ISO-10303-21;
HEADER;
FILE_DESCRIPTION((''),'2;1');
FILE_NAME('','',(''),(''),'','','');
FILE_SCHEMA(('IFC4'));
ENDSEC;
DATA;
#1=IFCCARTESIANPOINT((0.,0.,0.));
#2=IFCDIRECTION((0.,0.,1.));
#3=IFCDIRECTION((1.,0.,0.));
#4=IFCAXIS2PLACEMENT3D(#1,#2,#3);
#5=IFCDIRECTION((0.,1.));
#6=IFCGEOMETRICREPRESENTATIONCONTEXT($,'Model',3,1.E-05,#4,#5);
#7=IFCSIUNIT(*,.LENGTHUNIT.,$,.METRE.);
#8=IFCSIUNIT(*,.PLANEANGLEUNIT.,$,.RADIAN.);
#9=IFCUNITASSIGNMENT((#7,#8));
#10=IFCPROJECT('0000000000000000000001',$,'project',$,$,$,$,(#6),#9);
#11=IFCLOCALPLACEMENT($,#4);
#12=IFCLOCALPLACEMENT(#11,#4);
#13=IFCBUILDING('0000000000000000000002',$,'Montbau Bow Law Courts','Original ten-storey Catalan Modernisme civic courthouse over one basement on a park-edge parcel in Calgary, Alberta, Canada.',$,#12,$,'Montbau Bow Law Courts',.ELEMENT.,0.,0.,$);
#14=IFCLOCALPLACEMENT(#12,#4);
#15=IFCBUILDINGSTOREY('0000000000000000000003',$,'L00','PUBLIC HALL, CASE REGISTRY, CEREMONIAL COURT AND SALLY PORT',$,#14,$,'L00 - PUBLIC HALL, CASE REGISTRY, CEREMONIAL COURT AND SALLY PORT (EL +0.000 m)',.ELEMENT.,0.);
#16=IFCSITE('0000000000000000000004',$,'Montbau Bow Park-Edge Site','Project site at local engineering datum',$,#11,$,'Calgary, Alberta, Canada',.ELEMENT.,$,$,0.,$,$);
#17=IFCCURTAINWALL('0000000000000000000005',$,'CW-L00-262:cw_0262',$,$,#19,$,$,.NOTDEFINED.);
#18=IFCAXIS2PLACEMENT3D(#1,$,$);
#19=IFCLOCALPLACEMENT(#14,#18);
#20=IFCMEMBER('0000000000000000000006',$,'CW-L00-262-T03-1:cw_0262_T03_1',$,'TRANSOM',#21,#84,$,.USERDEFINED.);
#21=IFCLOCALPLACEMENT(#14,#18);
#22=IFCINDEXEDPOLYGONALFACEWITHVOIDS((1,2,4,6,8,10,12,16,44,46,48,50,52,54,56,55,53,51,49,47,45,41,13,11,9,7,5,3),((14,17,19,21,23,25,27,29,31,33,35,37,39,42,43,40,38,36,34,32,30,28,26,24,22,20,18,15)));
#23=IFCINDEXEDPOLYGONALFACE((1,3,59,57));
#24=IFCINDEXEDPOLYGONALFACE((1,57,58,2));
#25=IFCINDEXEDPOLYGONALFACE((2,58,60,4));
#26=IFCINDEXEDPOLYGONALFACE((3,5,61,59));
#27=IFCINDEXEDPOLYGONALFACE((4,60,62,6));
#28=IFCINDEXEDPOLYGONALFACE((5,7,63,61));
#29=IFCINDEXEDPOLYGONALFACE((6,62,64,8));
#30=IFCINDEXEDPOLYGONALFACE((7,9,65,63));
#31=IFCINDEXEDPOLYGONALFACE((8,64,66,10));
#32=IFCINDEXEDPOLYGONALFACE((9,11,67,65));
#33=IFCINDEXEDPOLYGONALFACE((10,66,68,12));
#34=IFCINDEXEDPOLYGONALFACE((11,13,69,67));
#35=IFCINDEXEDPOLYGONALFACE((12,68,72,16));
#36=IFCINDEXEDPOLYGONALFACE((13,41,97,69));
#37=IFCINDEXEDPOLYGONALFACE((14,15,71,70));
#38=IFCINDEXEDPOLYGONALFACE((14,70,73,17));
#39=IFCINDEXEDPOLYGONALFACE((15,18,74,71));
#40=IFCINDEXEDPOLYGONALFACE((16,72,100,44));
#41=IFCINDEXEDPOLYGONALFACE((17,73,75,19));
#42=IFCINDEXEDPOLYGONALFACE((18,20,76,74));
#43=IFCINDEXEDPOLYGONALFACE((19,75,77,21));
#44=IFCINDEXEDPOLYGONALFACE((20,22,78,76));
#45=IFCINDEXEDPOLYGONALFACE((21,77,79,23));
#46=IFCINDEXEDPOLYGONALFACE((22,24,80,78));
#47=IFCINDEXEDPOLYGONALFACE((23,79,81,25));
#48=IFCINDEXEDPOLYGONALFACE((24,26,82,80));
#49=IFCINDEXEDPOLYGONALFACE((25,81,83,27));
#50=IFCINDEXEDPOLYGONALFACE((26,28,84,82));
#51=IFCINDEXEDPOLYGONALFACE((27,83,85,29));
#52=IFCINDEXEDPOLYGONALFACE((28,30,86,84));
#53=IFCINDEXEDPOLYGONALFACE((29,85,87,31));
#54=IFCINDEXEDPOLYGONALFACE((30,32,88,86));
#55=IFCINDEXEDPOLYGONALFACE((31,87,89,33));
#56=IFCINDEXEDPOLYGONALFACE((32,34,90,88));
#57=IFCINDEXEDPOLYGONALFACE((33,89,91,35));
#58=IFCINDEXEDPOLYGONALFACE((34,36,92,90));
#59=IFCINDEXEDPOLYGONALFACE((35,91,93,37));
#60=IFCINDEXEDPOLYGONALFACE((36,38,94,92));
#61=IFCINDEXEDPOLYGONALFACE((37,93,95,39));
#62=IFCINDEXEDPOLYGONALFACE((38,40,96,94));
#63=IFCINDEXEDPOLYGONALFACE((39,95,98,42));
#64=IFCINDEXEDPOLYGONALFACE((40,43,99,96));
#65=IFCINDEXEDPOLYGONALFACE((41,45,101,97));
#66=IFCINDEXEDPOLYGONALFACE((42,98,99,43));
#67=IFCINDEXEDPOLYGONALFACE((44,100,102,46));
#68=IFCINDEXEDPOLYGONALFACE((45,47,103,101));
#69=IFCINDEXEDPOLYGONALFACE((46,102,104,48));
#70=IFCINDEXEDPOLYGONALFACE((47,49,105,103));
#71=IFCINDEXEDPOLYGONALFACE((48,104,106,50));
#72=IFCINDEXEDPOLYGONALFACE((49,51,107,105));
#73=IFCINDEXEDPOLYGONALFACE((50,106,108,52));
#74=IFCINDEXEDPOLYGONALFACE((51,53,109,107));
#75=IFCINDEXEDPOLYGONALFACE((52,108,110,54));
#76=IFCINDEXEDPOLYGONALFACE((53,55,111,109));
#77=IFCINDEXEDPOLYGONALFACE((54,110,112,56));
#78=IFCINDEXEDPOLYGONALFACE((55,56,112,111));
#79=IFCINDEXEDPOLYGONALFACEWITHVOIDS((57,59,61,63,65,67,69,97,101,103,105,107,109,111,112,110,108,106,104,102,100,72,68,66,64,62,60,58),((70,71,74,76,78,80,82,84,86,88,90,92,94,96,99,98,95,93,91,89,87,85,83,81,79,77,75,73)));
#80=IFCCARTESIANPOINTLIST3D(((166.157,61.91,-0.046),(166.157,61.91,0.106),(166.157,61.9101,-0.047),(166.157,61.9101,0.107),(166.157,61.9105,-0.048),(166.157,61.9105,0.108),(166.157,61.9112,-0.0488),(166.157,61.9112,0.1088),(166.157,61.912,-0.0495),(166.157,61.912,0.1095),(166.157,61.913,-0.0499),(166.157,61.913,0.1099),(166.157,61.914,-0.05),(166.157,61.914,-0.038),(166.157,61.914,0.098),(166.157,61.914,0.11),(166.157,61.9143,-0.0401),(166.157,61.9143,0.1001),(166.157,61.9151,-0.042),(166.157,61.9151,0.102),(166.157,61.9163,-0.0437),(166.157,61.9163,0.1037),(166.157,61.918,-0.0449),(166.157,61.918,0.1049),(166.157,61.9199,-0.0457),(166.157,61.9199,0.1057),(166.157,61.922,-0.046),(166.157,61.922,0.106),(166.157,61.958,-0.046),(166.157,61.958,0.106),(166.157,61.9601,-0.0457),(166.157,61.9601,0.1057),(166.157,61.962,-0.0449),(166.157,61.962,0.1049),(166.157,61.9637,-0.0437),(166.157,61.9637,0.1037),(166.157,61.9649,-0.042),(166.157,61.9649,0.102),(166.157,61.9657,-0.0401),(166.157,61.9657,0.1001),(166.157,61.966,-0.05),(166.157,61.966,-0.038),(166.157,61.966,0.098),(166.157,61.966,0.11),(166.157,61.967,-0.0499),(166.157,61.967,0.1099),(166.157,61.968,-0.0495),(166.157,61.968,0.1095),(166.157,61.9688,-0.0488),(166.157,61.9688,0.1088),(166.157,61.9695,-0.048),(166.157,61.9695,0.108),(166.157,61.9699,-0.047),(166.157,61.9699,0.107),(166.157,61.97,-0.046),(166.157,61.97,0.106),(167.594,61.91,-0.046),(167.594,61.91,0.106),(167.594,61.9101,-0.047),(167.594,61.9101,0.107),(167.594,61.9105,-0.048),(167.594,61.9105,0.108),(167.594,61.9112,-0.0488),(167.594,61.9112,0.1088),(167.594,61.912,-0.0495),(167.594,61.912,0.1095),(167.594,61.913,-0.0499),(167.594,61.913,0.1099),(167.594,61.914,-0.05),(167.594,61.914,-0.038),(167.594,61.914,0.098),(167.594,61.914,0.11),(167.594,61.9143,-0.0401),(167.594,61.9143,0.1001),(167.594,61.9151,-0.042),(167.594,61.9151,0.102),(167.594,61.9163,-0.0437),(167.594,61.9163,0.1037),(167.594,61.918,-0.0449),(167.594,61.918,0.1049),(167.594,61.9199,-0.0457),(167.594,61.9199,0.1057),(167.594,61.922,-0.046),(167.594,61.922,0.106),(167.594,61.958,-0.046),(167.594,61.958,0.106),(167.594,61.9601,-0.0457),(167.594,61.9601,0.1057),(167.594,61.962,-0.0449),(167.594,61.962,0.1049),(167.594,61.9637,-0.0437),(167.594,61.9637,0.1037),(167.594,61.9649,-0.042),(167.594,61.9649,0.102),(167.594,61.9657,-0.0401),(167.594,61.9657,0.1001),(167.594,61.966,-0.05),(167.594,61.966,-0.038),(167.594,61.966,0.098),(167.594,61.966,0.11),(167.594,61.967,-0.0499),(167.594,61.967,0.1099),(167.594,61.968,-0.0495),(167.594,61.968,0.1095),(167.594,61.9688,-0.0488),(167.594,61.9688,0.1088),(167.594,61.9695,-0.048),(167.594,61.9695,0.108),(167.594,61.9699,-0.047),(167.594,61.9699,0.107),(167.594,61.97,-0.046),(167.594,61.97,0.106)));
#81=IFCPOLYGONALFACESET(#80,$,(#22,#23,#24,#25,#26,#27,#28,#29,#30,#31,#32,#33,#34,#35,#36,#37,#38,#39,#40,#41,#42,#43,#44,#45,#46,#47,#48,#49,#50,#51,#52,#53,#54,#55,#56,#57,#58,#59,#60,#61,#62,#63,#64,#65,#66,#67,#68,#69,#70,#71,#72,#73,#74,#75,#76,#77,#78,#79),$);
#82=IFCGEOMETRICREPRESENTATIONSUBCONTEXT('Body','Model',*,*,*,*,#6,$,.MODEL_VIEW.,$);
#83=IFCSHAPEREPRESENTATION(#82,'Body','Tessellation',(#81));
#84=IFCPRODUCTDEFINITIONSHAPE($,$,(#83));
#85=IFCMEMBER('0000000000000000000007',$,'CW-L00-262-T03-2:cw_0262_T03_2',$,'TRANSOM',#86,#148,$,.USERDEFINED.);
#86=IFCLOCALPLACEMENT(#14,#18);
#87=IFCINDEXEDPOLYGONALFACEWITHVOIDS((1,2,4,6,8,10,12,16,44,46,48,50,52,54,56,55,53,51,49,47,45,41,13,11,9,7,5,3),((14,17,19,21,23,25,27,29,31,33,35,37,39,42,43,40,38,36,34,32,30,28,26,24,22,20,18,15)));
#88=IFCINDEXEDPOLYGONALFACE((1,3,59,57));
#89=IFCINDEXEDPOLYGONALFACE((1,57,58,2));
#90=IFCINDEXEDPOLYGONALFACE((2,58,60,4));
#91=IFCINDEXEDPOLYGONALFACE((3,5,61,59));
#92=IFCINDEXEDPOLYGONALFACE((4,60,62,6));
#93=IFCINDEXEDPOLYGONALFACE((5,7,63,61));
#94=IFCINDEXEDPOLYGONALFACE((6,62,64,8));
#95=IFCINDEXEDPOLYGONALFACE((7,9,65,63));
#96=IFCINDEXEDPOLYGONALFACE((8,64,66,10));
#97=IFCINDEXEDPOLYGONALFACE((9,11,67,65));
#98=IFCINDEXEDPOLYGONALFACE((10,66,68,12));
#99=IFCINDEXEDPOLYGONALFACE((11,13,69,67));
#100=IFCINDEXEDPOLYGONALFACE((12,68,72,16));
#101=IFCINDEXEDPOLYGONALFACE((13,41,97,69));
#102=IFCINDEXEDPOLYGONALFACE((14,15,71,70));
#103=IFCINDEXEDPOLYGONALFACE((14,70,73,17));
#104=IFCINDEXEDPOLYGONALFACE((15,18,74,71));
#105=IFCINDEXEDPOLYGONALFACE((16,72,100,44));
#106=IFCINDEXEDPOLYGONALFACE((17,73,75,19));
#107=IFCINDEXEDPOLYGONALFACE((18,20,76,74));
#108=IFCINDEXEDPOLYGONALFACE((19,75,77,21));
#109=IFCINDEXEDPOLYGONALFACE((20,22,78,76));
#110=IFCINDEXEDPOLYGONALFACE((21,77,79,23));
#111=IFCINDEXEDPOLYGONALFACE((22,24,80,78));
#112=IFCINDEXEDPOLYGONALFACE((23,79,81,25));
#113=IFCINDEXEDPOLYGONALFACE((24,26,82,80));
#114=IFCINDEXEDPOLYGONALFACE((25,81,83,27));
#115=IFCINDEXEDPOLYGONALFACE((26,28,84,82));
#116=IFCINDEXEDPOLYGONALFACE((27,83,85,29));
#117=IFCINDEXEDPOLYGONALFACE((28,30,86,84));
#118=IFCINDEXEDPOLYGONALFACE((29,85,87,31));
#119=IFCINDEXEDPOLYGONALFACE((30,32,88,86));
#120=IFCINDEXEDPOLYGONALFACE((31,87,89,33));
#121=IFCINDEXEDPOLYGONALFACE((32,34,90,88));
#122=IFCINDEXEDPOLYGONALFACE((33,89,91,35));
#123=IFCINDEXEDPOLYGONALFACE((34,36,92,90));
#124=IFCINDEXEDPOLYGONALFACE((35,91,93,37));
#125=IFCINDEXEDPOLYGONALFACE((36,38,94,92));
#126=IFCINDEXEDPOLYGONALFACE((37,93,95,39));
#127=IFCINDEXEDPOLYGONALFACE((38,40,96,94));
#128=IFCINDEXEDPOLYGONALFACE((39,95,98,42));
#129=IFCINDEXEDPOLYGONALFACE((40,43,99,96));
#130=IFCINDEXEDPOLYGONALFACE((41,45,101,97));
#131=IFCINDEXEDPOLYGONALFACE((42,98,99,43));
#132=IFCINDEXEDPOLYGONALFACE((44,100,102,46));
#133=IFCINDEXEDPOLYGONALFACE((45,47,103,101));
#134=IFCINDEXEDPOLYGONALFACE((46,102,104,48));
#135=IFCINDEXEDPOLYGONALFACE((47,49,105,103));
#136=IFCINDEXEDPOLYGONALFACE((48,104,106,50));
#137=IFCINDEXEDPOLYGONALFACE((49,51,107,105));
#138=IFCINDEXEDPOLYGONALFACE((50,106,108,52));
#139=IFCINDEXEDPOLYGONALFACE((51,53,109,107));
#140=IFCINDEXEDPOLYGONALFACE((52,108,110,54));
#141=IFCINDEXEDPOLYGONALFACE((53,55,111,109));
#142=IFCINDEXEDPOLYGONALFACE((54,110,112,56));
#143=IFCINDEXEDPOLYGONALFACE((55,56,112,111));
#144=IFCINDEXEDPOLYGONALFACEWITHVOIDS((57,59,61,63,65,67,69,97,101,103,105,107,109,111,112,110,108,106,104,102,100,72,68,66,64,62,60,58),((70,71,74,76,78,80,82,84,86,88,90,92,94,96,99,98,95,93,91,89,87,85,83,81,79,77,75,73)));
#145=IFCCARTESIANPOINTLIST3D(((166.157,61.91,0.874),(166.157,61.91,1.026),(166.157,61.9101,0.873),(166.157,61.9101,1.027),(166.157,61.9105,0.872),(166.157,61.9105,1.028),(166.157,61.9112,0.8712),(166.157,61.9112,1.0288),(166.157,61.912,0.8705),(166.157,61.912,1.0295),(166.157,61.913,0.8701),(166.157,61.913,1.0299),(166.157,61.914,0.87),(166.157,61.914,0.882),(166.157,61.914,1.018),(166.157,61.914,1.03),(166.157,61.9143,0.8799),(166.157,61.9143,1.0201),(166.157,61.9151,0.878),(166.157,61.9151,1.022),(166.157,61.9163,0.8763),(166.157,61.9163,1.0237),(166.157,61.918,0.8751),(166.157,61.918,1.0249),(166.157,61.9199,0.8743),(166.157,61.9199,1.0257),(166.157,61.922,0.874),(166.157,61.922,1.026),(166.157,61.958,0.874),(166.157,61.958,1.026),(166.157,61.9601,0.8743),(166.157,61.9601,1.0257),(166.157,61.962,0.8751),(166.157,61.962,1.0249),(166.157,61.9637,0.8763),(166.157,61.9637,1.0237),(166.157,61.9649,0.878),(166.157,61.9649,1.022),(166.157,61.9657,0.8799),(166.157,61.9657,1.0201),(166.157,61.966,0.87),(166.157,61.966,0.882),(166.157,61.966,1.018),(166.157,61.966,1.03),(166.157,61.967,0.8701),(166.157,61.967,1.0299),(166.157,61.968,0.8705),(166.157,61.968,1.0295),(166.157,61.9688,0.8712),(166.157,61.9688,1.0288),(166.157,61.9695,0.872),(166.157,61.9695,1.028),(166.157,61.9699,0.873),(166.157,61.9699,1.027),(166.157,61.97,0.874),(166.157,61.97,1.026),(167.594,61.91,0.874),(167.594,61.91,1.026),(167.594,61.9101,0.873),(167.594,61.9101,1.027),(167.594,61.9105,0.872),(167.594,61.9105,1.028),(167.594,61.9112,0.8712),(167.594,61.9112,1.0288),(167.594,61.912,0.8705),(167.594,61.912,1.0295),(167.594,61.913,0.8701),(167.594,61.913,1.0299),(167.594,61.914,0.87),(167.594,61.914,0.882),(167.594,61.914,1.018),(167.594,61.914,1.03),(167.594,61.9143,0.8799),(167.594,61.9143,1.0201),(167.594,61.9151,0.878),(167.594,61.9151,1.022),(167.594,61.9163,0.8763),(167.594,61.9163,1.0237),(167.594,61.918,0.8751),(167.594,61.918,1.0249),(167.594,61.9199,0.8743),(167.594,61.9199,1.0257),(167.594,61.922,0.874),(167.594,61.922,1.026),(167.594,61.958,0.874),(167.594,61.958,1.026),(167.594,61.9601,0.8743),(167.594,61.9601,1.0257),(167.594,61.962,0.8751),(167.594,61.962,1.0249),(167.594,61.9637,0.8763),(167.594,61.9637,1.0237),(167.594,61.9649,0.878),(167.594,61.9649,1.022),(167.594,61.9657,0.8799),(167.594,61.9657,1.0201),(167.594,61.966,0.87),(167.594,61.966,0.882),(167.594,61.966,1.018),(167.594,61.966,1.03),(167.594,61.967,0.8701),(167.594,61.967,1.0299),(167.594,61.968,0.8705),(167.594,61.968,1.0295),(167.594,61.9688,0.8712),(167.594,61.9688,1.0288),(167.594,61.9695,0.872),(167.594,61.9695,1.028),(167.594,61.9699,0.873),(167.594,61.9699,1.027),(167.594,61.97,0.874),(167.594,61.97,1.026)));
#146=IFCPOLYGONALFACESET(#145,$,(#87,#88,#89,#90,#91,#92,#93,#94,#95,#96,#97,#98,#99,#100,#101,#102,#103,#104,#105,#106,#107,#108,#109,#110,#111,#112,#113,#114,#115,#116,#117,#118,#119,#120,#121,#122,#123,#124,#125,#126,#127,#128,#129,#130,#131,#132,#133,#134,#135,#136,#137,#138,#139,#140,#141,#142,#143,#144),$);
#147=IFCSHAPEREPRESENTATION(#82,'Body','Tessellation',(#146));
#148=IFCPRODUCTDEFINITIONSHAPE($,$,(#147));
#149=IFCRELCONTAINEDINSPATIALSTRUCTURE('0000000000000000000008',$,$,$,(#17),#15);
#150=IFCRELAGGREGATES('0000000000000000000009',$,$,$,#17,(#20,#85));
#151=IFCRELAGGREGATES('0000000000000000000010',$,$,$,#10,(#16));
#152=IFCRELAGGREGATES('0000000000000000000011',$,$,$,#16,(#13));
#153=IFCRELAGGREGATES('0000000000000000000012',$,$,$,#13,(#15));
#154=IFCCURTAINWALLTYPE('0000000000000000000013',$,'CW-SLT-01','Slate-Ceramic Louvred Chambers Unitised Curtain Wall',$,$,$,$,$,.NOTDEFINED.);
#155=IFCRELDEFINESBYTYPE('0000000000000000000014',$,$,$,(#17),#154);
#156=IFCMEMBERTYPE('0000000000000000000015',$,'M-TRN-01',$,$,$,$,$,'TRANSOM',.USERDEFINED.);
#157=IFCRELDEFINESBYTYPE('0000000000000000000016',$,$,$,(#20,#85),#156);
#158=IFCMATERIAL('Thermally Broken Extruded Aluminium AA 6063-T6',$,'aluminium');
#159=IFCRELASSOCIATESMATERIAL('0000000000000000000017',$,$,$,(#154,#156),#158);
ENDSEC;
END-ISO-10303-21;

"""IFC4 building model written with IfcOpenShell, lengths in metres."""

from ifc_helpers import new_model, si_unit, direction, frame, origin_with_axes, origin_2d_with_axis, place, context, subcontext, project, spatial, hollow_rectangle, extrude, material, material_profile, profile_set, type_object, element, aggregate, save


model = new_model("IFC4")

# Units and contexts
model_context = context("Model", 3, precision=1e-05, world=origin_with_axes(), true_north=direction((0.0, 1.0)))
body_context = subcontext(model_context, "Body", "Model", "MODEL_VIEW")
ifc_project = project(units=[si_unit("LENGTHUNIT", "METRE"), si_unit("PLANEANGLEUNIT", "RADIAN")], contexts=[model_context])

# Site, building, storey
site_placement = place(None, origin_with_axes())
site = spatial("IfcSite", under=ifc_project, at=site_placement, Name="Montbau Bow Park-Edge Site", Description="Project site at local engineering datum", LongName="Calgary, Alberta, Canada", CompositionType="ELEMENT", RefElevation=0.0)
building_placement = place(site_placement, origin_with_axes())
building = spatial("IfcBuilding", under=site, at=building_placement, Name="Montbau Bow Law Courts", Description="Original ten-storey Catalan Modernisme civic courthouse over one basement on a park-edge parcel in Calgary, Alberta, Canada.", LongName="Montbau Bow Law Courts", CompositionType="ELEMENT", ElevationOfRefHeight=0.0, ElevationOfTerrain=0.0)
storey_placement = place(building_placement, origin_with_axes())
storey = spatial("IfcBuildingStorey", under=building, at=storey_placement, Name="L00", Description="PUBLIC HALL, CASE REGISTRY, CEREMONIAL COURT AND SALLY PORT", LongName="L00 - PUBLIC HALL, CASE REGISTRY, CEREMONIAL COURT AND SALLY PORT (EL +0.000 m)", CompositionType="ELEMENT", Elevation=0.0)

# Curtain wall
ifc_material_1 = material(Name="Thermally Broken Extruded Aluminium AA 6063-T6", Category="aluminium")
curtain_wall_type = type_object("IfcCurtainWallType", Name="CW-SLT-01", Description="Slate-Ceramic Louvred Chambers Unitised Curtain Wall", PredefinedType="NOTDEFINED", material=ifc_material_1)
curtain_wall_1_placement = place(None, frame((163.115, 61.94, 0.0), z_axis=(0.0, 0.0, 1.0), x_axis=(1.0, 0.0, 0.0)))
curtain_wall_1 = element("IfcCurtainWall", 1, at=curtain_wall_1_placement, inside=storey, type_object=curtain_wall_type, Name="CW-L00-262:cw_0262", PredefinedType="NOTDEFINED")

# Members
ifc_material_profile_1 = material_profile(ifc_material_1, hollow_rectangle(XDim=0.06, YDim=0.16, WallThickness=0.004, InnerFilletRadius=0.008, OuterFilletRadius=0.004, at=origin_2d_with_axis()), Name="CWT-160X60", Category="Main", Priority=0)
ifc_profile_set_1 = profile_set([ifc_material_profile_1], Name="Thermally Broken Extruded Aluminium AA 6063-T6")
member_type_1 = type_object("IfcMemberType", Name="M-TRN-01", ElementType="TRANSOM", PredefinedType="USERDEFINED", material=ifc_profile_set_1)
member_1_placement = place(None, frame((166.157, 61.94, 0.03), z_axis=(1.0, 0.0, 0.0), x_axis=(0.0, 1.0, 0.0)))
member_1 = element("IfcMember", 2, at=member_1_placement, type_object=member_type_1, Name="CW-L00-262-T03-1:cw_0262_T03_1", ObjectType="TRANSOM", PredefinedType="USERDEFINED", context=body_context, shape_type="SweptSolid", body=[
    extrude(hollow_rectangle(XDim=0.06, YDim=0.16, WallThickness=0.004, InnerFilletRadius=0.008, OuterFilletRadius=0.004, at=origin_2d_with_axis()), origin_with_axes(), (0.0, 0.0, 1.0), 1.437),
])
member_2_placement = place(None, frame((166.157, 61.94, 0.95), z_axis=(1.0, 0.0, 0.0), x_axis=(0.0, 1.0, 0.0)))
member_2 = element("IfcMember", 3, at=member_2_placement, type_object=member_type_1, Name="CW-L00-262-T03-2:cw_0262_T03_2", ObjectType="TRANSOM", PredefinedType="USERDEFINED", context=body_context, shape_type="SweptSolid", body=[
    extrude(hollow_rectangle(XDim=0.06, YDim=0.16, WallThickness=0.004, InnerFilletRadius=0.008, OuterFilletRadius=0.004, at=origin_2d_with_axis()), origin_with_axes(), (0.0, 0.0, 1.0), 1.437),
])

aggregate(curtain_wall_1, [member_1, member_2])

save(model, "model.ifc")
